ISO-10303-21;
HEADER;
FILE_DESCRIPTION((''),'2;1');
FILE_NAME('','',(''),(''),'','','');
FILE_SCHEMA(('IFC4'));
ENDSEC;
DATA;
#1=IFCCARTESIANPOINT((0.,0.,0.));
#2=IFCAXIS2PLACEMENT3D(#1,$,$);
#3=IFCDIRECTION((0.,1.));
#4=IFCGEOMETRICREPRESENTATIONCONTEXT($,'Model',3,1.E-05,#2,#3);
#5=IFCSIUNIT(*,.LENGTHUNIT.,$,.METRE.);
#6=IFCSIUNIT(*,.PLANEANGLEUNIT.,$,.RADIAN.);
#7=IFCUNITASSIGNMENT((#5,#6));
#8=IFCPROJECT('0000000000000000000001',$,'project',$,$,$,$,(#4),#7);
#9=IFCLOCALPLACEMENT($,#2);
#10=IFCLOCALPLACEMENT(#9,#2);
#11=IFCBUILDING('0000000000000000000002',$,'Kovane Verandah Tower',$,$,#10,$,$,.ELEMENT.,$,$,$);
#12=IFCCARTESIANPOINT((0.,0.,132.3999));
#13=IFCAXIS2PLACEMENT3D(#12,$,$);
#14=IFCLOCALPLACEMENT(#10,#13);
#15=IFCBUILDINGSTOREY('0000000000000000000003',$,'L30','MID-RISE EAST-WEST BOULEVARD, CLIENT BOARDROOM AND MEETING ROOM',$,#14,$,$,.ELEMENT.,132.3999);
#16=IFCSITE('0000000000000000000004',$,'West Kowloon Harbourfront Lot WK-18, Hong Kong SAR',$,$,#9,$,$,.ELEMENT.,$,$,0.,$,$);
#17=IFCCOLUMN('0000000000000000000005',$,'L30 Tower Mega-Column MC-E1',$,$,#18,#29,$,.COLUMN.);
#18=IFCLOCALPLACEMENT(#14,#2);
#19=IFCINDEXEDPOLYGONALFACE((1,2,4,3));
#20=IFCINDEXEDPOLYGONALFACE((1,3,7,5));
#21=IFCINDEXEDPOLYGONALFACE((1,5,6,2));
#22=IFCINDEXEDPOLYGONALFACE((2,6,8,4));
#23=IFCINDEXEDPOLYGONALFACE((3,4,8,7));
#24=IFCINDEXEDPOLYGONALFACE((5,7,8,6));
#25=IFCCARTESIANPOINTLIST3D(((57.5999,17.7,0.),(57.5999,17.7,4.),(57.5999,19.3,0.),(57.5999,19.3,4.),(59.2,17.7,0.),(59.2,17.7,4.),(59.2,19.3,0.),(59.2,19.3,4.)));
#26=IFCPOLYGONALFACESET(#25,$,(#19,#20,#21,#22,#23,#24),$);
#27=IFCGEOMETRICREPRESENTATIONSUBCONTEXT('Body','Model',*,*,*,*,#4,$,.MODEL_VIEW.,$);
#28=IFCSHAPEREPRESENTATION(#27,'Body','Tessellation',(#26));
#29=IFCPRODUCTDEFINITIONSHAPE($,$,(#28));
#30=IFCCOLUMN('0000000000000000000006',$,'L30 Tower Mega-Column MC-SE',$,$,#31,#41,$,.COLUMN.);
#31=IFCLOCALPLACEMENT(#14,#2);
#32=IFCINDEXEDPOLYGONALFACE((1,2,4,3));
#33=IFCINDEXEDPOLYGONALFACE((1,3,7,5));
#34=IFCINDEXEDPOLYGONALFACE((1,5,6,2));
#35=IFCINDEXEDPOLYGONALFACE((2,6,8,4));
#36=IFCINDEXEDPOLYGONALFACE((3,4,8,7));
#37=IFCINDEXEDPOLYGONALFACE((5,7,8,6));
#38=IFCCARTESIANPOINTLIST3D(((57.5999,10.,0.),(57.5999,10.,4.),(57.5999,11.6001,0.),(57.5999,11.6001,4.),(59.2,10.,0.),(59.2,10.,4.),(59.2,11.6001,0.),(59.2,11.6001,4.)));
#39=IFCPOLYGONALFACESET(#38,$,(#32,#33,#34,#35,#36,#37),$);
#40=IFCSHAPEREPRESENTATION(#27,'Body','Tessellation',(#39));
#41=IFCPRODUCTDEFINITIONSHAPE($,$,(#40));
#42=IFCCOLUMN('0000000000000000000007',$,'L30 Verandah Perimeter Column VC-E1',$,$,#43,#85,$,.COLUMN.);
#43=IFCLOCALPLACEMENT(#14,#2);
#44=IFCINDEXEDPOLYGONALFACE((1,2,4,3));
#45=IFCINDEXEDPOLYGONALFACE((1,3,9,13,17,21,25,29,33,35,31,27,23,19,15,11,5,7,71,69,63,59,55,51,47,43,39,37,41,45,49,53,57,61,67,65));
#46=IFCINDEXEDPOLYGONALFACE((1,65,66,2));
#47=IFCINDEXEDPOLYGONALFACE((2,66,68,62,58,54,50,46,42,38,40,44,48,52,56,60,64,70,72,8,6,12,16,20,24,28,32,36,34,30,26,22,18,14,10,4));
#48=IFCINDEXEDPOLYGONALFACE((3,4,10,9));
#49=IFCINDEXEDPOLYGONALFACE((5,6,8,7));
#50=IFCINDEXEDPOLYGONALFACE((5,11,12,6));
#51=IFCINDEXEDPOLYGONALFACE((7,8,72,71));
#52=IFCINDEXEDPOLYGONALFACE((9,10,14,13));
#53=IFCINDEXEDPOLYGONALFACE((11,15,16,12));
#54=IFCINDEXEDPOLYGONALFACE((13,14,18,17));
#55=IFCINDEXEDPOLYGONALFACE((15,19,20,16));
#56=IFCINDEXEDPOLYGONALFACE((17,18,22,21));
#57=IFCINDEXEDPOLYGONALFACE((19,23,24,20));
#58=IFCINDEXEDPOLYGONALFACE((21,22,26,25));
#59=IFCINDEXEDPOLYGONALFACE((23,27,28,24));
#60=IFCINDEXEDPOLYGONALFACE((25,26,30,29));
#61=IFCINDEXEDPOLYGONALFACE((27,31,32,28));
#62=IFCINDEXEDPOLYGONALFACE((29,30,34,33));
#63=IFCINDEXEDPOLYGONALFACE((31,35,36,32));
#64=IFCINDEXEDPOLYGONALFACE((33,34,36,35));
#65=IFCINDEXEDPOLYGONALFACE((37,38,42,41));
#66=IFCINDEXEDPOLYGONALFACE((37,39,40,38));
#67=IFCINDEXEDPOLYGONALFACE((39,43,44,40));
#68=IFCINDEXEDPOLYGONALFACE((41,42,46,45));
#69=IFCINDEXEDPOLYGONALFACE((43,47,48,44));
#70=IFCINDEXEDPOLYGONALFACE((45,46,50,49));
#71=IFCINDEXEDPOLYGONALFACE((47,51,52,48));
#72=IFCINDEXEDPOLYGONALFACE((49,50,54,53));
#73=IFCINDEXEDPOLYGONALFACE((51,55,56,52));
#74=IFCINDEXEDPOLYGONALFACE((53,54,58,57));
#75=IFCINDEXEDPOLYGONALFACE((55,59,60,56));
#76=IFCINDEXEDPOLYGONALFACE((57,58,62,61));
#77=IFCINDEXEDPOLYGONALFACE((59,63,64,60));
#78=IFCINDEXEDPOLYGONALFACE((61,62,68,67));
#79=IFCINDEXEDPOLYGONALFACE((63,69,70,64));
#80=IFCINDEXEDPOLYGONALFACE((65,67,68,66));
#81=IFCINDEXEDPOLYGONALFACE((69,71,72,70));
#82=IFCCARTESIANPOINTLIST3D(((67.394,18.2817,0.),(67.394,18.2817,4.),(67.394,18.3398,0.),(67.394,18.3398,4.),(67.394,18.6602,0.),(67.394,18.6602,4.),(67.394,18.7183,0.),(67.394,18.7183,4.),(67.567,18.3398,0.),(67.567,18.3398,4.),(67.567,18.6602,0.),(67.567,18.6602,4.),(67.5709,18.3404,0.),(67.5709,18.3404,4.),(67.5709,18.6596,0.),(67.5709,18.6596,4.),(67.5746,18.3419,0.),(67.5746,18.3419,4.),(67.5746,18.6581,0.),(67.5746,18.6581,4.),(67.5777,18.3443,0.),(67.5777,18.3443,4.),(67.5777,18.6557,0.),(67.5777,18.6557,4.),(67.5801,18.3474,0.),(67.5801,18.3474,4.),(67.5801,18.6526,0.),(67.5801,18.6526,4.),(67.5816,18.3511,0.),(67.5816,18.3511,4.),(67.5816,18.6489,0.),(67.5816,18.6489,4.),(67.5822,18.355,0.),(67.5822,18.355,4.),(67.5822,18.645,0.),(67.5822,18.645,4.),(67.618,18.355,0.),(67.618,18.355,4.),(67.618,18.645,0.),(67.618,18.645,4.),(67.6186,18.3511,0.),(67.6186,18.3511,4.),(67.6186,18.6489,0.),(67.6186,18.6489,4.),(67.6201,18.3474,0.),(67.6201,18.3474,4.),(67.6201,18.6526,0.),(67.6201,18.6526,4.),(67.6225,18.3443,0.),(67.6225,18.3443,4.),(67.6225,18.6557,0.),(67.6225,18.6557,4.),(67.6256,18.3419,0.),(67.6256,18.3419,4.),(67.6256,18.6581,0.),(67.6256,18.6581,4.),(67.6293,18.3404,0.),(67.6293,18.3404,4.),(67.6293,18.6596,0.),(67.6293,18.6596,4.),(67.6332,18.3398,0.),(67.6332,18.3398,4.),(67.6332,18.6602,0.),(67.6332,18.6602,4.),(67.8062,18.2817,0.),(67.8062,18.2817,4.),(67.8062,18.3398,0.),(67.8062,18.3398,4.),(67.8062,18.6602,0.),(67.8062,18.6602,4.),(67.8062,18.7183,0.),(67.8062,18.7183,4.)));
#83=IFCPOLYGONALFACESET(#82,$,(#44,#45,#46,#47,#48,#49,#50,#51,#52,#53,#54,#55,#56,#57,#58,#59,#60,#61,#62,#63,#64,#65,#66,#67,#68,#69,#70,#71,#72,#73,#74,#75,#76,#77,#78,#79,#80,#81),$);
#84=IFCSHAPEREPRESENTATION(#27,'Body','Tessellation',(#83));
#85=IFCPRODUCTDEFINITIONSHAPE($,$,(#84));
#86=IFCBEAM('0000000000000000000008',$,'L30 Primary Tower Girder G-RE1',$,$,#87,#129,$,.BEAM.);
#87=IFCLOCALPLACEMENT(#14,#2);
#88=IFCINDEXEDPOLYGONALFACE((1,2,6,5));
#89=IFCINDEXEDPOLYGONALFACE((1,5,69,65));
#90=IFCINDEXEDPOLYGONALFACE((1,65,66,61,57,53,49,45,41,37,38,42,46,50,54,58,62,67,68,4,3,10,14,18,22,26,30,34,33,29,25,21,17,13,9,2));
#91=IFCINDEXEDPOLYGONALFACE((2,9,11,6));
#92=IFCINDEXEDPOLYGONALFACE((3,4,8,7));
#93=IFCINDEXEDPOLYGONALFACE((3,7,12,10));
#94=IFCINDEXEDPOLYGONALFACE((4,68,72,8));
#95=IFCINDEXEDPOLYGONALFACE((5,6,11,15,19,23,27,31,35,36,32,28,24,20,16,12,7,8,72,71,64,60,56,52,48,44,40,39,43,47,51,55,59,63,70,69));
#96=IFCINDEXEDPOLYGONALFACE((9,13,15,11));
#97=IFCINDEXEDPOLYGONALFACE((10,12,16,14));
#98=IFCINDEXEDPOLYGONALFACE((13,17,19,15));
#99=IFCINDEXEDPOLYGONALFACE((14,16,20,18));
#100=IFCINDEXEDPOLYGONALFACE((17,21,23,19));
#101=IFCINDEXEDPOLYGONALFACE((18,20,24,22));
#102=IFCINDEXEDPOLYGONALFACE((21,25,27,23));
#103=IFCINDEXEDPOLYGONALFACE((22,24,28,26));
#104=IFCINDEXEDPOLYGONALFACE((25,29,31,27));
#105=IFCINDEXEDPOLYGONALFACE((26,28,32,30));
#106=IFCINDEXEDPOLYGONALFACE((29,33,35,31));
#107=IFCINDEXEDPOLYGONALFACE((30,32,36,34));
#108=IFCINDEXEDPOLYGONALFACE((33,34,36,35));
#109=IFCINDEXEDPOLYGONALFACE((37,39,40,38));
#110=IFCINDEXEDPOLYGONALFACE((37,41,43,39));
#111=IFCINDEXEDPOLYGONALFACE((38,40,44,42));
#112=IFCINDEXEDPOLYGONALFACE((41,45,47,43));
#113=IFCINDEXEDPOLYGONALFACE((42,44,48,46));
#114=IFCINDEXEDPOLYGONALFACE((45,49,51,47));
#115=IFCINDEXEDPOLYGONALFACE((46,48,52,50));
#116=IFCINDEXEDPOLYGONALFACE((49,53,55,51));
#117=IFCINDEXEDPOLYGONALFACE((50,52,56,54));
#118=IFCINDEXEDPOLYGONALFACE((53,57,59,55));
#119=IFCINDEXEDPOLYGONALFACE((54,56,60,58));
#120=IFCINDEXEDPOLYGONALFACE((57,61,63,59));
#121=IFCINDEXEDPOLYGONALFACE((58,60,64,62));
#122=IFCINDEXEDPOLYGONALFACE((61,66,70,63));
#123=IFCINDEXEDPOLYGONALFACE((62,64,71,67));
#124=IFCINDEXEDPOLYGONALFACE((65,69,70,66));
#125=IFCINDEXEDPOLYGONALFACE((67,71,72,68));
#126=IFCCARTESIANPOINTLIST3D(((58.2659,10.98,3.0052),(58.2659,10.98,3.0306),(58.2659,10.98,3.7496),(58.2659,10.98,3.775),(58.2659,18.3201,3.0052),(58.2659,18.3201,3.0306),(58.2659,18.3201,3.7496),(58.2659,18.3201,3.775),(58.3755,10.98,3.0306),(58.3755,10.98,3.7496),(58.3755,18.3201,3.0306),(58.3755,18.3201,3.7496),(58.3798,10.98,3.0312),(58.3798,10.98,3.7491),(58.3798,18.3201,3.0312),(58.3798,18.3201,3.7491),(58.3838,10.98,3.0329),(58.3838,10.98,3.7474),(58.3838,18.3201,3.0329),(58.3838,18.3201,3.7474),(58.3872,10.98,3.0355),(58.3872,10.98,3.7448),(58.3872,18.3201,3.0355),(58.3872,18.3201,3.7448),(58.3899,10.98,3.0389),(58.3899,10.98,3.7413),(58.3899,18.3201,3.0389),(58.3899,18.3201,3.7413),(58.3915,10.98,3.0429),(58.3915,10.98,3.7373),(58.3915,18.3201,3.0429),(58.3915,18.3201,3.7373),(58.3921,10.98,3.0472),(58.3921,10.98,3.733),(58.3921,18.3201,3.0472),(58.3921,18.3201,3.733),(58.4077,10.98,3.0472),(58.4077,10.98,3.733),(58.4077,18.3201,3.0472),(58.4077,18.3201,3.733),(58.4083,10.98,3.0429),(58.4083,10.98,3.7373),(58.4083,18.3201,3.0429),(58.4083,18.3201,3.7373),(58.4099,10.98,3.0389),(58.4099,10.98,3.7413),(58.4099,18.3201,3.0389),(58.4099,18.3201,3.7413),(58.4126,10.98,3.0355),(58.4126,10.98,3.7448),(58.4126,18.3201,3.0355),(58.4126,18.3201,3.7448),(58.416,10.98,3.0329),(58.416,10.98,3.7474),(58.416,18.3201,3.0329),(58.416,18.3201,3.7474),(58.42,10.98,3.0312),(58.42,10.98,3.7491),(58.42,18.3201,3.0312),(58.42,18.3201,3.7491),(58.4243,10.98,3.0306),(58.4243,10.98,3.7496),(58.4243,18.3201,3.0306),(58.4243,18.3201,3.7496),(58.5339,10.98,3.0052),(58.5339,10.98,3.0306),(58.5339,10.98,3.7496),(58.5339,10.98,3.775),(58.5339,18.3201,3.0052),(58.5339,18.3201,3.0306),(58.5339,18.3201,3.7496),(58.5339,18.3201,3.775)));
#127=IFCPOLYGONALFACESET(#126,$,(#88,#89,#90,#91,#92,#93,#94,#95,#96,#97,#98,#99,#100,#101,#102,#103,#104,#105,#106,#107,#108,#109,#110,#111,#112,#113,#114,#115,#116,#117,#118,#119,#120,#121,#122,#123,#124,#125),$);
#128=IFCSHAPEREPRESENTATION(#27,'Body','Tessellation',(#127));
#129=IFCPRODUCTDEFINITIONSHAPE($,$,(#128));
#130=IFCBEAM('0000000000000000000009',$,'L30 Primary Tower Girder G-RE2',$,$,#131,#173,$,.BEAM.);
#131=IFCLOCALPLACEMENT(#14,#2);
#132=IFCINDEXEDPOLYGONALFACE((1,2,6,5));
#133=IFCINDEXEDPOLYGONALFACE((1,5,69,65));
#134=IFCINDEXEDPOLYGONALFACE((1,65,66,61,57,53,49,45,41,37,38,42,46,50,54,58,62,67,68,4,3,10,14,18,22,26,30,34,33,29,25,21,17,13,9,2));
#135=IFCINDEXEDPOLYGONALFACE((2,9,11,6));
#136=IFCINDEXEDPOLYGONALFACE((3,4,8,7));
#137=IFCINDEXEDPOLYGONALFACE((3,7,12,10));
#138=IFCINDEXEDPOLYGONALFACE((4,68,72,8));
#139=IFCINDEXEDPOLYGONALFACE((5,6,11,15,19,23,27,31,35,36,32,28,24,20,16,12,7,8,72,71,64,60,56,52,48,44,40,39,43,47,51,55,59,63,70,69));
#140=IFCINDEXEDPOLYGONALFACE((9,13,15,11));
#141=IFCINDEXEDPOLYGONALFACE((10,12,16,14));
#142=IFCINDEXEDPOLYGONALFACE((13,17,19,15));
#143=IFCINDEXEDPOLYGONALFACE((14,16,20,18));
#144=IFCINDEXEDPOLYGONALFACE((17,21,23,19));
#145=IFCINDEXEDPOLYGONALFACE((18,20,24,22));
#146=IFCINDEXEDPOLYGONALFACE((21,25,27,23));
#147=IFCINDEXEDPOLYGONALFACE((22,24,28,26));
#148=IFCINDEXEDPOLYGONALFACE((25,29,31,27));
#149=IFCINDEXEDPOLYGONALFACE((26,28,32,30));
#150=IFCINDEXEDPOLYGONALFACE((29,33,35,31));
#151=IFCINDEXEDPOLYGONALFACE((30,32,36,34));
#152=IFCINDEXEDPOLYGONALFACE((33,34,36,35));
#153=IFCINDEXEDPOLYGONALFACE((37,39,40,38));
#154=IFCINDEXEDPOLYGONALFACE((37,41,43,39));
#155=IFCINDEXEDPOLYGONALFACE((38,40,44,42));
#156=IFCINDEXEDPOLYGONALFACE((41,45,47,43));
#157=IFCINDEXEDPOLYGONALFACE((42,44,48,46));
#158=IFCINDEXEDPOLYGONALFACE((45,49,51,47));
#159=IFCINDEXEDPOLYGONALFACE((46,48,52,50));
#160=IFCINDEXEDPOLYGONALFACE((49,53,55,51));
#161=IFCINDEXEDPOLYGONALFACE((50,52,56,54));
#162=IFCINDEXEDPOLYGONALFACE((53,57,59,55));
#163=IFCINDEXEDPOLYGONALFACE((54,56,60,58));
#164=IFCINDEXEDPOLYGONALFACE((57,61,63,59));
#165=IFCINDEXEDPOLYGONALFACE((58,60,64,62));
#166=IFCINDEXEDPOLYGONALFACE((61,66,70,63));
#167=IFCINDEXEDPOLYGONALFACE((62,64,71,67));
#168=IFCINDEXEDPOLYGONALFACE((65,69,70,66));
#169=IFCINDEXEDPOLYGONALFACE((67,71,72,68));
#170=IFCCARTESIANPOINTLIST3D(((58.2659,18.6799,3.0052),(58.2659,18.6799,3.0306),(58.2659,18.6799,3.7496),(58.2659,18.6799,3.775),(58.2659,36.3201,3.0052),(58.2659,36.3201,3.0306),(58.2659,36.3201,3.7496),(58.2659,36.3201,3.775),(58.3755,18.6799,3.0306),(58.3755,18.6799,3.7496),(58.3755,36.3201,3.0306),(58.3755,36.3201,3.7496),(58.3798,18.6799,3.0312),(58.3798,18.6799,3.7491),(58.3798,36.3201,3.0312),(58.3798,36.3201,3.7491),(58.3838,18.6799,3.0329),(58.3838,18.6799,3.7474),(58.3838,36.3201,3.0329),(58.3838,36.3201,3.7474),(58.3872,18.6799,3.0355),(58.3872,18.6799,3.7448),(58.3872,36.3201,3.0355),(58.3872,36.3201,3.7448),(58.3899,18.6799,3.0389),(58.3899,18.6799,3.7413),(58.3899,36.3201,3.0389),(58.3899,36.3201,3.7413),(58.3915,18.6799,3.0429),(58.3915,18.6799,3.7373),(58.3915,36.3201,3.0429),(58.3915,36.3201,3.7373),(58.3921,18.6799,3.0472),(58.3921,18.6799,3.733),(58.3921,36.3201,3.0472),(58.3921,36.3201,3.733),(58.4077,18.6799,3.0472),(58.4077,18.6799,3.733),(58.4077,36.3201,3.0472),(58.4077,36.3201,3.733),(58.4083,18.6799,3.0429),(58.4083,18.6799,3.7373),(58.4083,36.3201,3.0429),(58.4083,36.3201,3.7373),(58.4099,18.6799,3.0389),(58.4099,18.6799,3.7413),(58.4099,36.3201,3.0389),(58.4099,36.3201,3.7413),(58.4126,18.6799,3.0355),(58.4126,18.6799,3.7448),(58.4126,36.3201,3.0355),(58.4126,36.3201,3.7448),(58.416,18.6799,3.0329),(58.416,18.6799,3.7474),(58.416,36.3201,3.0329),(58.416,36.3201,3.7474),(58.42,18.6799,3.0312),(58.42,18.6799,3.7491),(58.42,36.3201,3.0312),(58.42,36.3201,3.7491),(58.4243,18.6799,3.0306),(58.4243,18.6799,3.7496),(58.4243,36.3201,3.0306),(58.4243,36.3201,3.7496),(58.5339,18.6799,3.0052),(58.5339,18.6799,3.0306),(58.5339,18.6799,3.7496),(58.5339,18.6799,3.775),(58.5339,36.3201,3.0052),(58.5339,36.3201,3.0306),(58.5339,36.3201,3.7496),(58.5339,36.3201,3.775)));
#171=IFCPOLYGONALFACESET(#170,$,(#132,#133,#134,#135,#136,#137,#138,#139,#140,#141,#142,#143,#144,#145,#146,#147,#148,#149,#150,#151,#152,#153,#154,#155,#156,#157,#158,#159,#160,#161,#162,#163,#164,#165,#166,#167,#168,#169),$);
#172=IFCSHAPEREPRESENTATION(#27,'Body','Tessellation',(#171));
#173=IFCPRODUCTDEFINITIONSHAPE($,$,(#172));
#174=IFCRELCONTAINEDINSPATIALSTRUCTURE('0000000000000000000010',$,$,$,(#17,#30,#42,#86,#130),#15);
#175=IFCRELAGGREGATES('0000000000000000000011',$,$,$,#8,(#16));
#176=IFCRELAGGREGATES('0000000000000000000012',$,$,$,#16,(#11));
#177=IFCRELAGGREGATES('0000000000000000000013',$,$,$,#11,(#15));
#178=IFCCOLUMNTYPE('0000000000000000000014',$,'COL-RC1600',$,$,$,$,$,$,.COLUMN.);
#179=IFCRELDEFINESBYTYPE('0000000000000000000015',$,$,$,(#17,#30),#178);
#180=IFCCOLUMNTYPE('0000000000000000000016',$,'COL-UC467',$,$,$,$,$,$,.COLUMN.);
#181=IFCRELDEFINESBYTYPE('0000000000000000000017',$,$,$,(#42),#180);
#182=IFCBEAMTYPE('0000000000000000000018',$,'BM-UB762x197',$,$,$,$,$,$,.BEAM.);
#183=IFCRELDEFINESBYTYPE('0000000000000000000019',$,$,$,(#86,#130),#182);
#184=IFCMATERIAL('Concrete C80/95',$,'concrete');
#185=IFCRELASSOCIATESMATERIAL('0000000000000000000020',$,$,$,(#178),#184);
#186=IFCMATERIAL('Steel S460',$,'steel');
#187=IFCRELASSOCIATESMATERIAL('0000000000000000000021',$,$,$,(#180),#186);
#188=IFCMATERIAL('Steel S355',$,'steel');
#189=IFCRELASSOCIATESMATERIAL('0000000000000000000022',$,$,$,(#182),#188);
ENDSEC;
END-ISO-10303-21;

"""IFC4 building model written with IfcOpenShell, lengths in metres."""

from ifc_helpers import new_model, si_unit, direction, frame, origin, origin_2d, place, context, subcontext, project, spatial, rectangle, i_section, extrude, material, material_profile, profile_set, type_object, element, save


model = new_model("IFC4")

# Units and contexts
model_context = context("Model", 3, precision=1e-05, world=origin(), true_north=direction((0.0, 1.0)))
body_context = subcontext(model_context, "Body", "Model", "MODEL_VIEW")
ifc_project = project(units=[si_unit("LENGTHUNIT", "METRE"), si_unit("PLANEANGLEUNIT", "RADIAN")], contexts=[model_context])

# Site, building, storey
site_placement = place(None, origin())
site = spatial("IfcSite", under=ifc_project, at=site_placement, Name="West Kowloon Harbourfront Lot WK-18, Hong Kong SAR", CompositionType="ELEMENT", RefElevation=0.0)
building_placement = place(site_placement, origin())
building = spatial("IfcBuilding", under=site, at=building_placement, Name="Kovane Verandah Tower", CompositionType="ELEMENT")
storey_placement = place(building_placement, frame((0.0, 0.0, 132.3999)))
storey = spatial("IfcBuildingStorey", under=building, at=storey_placement, Name="L30", Description="MID-RISE EAST-WEST BOULEVARD, CLIENT BOARDROOM AND MEETING ROOM", CompositionType="ELEMENT", Elevation=132.3999)

# Columns
ifc_material_1 = material(Name="Concrete C80/95", Category="concrete")
ifc_material_profile_1 = material_profile(ifc_material_1, rectangle(XDim=1.6001, YDim=1.6001, at=origin_2d()), Name="RC1600x1600")
ifc_profile_set_1 = profile_set([ifc_material_profile_1], Name="Concrete C80/95")
column_type_1 = type_object("IfcColumnType", Name="COL-RC1600", PredefinedType="COLUMN", material=ifc_profile_set_1)
for number, where, z_axis, x_axis, name in (
    (1, (58.3999, 18.5, 0.0), (0.0, 0.0, 1.0), (1.0, 0.0, 0.0), "L30 Tower Mega-Column MC-E1"),
    (2, (58.3999, 10.8, 0.0), (0.0, 0.0, 1.0), (1.0, 0.0, 0.0), "L30 Tower Mega-Column MC-SE"),
):
    element("IfcColumn", number, at=place(storey_placement, frame(where, z_axis=z_axis, x_axis=x_axis)), inside=storey, type_object=column_type_1, Name=name, PredefinedType="COLUMN", context=body_context, shape_type="SweptSolid", body=[
        extrude(rectangle(XDim=1.6001, YDim=1.6001, at=origin_2d()), origin(), (0.0, 0.0, 1.0), 4.0),
    ])
ifc_material_2 = material(Name="Steel S460", Category="steel")
ifc_material_profile_2 = material_profile(ifc_material_2, i_section(OverallWidth=0.4121, OverallDepth=0.4365, WebThickness=0.0359, FlangeThickness=0.0581, FilletRadius=0.0151, at=origin_2d()), Name="UC356x406x467")
ifc_profile_set_2 = profile_set([ifc_material_profile_2], Name="Steel S460")
column_type_2 = type_object("IfcColumnType", Name="COL-UC467", PredefinedType="COLUMN", material=ifc_profile_set_2)
column_placement = place(storey_placement, frame((67.6001, 18.5, 0.0), z_axis=(0.0, 0.0, 1.0), x_axis=(1.0, 0.0, 0.0)))
element("IfcColumn", 3, at=column_placement, inside=storey, type_object=column_type_2, Name="L30 Verandah Perimeter Column VC-E1", PredefinedType="COLUMN", context=body_context, shape_type="SweptSolid", body=[
    extrude(i_section(OverallWidth=0.4121, OverallDepth=0.4365, WebThickness=0.0359, FlangeThickness=0.0581, FilletRadius=0.0151, at=origin_2d()), origin(), (0.0, 0.0, 1.0), 4.0),
])

# Beams
ifc_material_3 = material(Name="Steel S355", Category="steel")
ifc_material_profile_3 = material_profile(ifc_material_3, i_section(OverallWidth=0.2681, OverallDepth=0.7698, WebThickness=0.0156, FlangeThickness=0.0254, FilletRadius=0.0166, at=origin_2d()), Name="UB762x267x197")
ifc_profile_set_3 = profile_set([ifc_material_profile_3], Name="Steel S355")
beam_type_1 = type_object("IfcBeamType", Name="BM-UB762x197", PredefinedType="BEAM", material=ifc_profile_set_3)
beam_1_placement = place(storey_placement, frame((58.3999, 10.98, 3.3901), z_axis=(0.0, 1.0, 0.0), x_axis=(-1.0, 0.0, 0.0)))
element("IfcBeam", 4, at=beam_1_placement, inside=storey, type_object=beam_type_1, Name="L30 Primary Tower Girder G-RE1", PredefinedType="BEAM", context=body_context, shape_type="SweptSolid", body=[
    extrude(i_section(OverallWidth=0.2681, OverallDepth=0.7698, WebThickness=0.0156, FlangeThickness=0.0254, FilletRadius=0.0166, at=origin_2d()), origin(), (0.0, 0.0, 1.0), 7.3401),
])
beam_2_placement = place(storey_placement, frame((58.3999, 18.6799, 3.3901), z_axis=(0.0, 1.0, 0.0), x_axis=(-1.0, 0.0, 0.0)))
element("IfcBeam", 5, at=beam_2_placement, inside=storey, type_object=beam_type_1, Name="L30 Primary Tower Girder G-RE2", PredefinedType="BEAM", context=body_context, shape_type="SweptSolid", body=[
    extrude(i_section(OverallWidth=0.2681, OverallDepth=0.7698, WebThickness=0.0156, FlangeThickness=0.0254, FilletRadius=0.0166, at=origin_2d()), origin(), (0.0, 0.0, 1.0), 17.6401),
])

save(model, "model.ifc")
